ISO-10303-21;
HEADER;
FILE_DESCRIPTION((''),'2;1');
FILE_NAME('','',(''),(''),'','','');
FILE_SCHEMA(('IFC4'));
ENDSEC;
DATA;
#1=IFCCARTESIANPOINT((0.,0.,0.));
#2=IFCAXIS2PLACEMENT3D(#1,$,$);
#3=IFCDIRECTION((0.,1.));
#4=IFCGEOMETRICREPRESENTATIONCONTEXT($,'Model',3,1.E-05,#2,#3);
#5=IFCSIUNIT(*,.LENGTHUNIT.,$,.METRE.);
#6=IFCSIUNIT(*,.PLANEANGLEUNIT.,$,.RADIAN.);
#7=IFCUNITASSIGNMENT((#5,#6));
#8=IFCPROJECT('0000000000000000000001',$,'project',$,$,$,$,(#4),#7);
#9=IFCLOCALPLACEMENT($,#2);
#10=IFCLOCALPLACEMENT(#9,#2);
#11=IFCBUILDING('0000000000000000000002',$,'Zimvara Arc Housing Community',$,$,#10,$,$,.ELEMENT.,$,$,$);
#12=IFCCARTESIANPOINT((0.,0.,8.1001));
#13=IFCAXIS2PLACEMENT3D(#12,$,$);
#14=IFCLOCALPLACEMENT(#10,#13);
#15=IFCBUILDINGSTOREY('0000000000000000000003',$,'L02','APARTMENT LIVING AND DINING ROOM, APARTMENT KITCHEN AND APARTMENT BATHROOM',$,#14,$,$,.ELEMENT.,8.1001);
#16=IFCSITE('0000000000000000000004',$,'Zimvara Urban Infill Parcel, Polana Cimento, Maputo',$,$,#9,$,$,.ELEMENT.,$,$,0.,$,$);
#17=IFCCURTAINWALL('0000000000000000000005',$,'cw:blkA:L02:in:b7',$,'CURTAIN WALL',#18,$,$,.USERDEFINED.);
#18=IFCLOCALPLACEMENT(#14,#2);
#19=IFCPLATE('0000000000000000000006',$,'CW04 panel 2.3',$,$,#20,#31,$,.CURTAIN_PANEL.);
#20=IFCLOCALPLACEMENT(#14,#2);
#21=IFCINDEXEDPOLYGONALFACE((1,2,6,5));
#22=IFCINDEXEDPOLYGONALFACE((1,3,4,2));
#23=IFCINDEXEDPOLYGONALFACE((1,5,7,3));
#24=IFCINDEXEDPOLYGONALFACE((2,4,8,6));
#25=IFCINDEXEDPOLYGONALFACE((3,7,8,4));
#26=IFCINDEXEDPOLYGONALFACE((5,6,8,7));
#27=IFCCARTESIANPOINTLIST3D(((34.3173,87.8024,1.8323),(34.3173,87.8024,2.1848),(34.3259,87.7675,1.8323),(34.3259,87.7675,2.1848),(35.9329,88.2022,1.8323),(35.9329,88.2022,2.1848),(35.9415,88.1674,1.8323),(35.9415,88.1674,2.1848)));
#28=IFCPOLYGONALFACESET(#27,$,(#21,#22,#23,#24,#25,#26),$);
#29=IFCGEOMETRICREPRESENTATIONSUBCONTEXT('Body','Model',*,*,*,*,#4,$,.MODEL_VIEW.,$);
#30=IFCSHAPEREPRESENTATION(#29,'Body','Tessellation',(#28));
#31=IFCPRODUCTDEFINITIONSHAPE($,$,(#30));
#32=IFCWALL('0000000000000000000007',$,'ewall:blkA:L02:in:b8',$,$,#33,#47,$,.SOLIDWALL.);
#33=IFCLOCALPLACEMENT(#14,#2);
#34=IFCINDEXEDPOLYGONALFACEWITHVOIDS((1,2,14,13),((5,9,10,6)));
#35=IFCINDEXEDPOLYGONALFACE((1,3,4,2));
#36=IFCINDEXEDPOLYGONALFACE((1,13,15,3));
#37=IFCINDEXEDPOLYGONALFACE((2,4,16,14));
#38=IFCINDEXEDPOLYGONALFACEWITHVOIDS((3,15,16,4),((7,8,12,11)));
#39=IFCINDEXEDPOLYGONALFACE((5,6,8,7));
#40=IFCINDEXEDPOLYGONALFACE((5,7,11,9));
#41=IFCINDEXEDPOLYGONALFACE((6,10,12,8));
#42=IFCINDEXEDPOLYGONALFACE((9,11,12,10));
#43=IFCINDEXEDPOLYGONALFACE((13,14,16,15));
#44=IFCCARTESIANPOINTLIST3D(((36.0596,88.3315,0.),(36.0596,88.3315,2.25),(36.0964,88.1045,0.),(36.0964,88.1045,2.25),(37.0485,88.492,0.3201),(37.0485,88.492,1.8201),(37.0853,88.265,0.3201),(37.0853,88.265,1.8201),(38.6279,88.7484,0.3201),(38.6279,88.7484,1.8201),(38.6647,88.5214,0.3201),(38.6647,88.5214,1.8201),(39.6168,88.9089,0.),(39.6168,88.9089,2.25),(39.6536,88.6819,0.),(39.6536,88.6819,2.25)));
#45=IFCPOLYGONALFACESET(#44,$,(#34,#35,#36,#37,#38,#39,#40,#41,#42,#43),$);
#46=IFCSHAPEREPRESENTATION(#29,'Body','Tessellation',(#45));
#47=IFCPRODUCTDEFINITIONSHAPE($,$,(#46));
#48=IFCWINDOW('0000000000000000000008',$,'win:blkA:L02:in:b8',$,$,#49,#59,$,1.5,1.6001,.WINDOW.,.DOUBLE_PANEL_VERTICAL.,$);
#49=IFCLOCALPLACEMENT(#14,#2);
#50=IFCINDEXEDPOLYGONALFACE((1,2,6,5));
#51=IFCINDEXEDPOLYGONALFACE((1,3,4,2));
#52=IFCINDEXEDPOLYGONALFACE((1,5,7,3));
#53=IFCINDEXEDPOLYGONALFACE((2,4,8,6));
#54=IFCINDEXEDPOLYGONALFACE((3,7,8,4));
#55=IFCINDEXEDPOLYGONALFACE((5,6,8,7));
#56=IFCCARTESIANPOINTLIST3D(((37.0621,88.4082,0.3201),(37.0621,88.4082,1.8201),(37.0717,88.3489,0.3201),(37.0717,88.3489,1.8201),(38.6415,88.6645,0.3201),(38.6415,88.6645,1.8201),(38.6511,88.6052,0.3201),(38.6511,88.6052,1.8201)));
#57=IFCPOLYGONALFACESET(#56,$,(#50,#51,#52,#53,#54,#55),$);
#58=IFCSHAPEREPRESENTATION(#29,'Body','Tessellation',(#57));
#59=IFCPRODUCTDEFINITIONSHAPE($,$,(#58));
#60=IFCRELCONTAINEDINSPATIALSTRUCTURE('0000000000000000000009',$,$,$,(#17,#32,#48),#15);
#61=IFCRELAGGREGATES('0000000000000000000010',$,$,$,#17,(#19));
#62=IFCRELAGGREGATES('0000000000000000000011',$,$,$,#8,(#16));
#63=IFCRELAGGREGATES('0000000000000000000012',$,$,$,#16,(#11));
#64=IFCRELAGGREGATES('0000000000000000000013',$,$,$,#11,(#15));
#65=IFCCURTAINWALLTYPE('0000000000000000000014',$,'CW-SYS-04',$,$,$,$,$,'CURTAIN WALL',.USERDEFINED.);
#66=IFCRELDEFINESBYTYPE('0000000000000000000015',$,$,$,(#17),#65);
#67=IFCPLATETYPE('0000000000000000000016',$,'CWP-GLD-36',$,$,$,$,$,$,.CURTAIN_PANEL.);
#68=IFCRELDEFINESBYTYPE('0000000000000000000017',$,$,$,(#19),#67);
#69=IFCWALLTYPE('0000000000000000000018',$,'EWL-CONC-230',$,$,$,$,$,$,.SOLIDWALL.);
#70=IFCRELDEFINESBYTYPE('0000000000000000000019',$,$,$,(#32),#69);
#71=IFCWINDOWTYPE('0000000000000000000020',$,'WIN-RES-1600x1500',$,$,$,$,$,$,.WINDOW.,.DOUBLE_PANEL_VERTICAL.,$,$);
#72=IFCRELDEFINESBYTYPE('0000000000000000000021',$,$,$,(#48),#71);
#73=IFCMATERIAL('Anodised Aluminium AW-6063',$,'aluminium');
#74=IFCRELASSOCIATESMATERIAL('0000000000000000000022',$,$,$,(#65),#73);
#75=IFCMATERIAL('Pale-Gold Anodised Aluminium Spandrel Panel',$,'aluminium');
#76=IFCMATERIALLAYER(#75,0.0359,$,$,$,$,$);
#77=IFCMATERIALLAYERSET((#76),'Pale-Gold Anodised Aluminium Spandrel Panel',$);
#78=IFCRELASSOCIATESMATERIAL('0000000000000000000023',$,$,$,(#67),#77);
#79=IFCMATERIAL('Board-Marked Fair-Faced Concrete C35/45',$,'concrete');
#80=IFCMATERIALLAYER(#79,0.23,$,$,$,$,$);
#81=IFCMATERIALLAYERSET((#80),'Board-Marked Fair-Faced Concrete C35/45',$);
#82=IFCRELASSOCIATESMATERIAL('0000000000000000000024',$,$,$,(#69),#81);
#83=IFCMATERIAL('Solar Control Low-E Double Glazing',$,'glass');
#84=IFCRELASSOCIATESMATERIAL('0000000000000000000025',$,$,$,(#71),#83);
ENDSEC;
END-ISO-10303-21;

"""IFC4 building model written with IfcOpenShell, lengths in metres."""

from ifc_helpers import new_model, si_unit, direction, frame, frame_2d, origin, origin_2d, place, context, subcontext, project, spatial, rectangle, extrude, material, layer, layer_set, type_object, element, fill, aggregate, save


model = new_model("IFC4")

# Units and contexts
model_context = context("Model", 3, precision=1e-05, world=origin(), true_north=direction((0.0, 1.0)))
body_context = subcontext(model_context, "Body", "Model", "MODEL_VIEW")
ifc_project = project(units=[si_unit("LENGTHUNIT", "METRE"), si_unit("PLANEANGLEUNIT", "RADIAN")], contexts=[model_context])

# Site, building, storey
site_placement = place(None, origin())
site = spatial("IfcSite", under=ifc_project, at=site_placement, Name="Zimvara Urban Infill Parcel, Polana Cimento, Maputo", CompositionType="ELEMENT", RefElevation=0.0)
building_placement = place(site_placement, origin())
building = spatial("IfcBuilding", under=site, at=building_placement, Name="Zimvara Arc Housing Community", CompositionType="ELEMENT")
storey_placement = place(building_placement, frame((0.0, 0.0, 8.1001)))
storey = spatial("IfcBuildingStorey", under=building, at=storey_placement, Name="L02", Description="APARTMENT LIVING AND DINING ROOM, APARTMENT KITCHEN AND APARTMENT BATHROOM", CompositionType="ELEMENT", Elevation=8.1001)

# Curtain wall, plate
ifc_material_1 = material(Name="Anodised Aluminium AW-6063", Category="aluminium")
curtain_wall_type = type_object("IfcCurtainWallType", Name="CW-SYS-04", ElementType="CURTAIN WALL", PredefinedType="USERDEFINED", material=ifc_material_1)
curtain_wall_placement = place(storey_placement, origin())
curtain_wall = element("IfcCurtainWall", 1, at=curtain_wall_placement, inside=storey, type_object=curtain_wall_type, Name="cw:blkA:L02:in:b7", ObjectType="CURTAIN WALL", PredefinedType="USERDEFINED")
ifc_material_2 = material(Name="Pale-Gold Anodised Aluminium Spandrel Panel", Category="aluminium")
ifc_layer_1 = layer(ifc_material_2, 0.0359)
ifc_layer_set_1 = layer_set([ifc_layer_1], Name="Pale-Gold Anodised Aluminium Spandrel Panel")
plate_type = type_object("IfcPlateType", Name="CWP-GLD-36", PredefinedType="CURTAIN_PANEL", material=ifc_layer_set_1)
plate_1_placement = place(storey_placement, frame((35.1294, 87.9849, 1.8323), z_axis=(0.0, 0.0, 1.0), x_axis=(0.970717, 0.240228, 0.0)))
plate_1 = element("IfcPlate", 2, at=plate_1_placement, type_object=plate_type, Name="CW04 panel 2.3", PredefinedType="CURTAIN_PANEL", context=body_context, shape_type="SweptSolid", body=[
    extrude(rectangle(XDim=1.6643, YDim=0.0359, at=origin_2d()), origin(), (0.0, 0.0, 1.0), 0.3525),
])
aggregate(curtain_wall, [plate_1])

# Wall, opening, window
ifc_material_3 = material(Name="Board-Marked Fair-Faced Concrete C35/45", Category="concrete")
ifc_layer_2 = layer(ifc_material_3, 0.23)
ifc_layer_set_2 = layer_set([ifc_layer_2], Name="Board-Marked Fair-Faced Concrete C35/45")
wall_type = type_object("IfcWallType", Name="EWL-CONC-230", PredefinedType="SOLIDWALL", material=ifc_layer_set_2)
wall_placement = place(storey_placement, frame((36.0781, 88.218, 0.0), z_axis=(0.0, 0.0, 1.0), x_axis=(0.987081, 0.160223, 0.0)))
wall = element("IfcWall", 3, at=wall_placement, inside=storey, type_object=wall_type, Name="ewall:blkA:L02:in:b8", PredefinedType="SOLIDWALL", context=body_context, shape_type="SweptSolid", body=[
    extrude(rectangle(XDim=3.6038, YDim=0.23, at=frame_2d((1.8018, 0.0))), origin(), (0.0, 0.0, 1.0), 2.25),
])
opening_placement = place(wall_placement, frame((1.0017, 0.0, 0.3201)))
opening = element("IfcOpeningElement", 4, at=opening_placement, cuts=wall, PredefinedType="OPENING", context=body_context, shape_type="SweptSolid", body=[
    extrude(rectangle(XDim=1.6001, YDim=1.5, at=frame_2d((0.8, 0.75))), frame((0.0, 0.125, 0.0), z_axis=(0.0, -1.0, 0.0), x_axis=(1.0, 0.0, 0.0)), (0.0, 0.0, 1.0), 0.25),
])
ifc_material_4 = material(Name="Solar Control Low-E Double Glazing", Category="glass")
window_type = type_object("IfcWindowType", Name="WIN-RES-1600x1500", PartitioningType="DOUBLE_PANEL_VERTICAL", PredefinedType="WINDOW", material=ifc_material_4)
window_placement = place(opening_placement, origin())
window = element("IfcWindow", 5, at=window_placement, inside=storey, type_object=window_type, Name="win:blkA:L02:in:b8", OverallHeight=1.5, OverallWidth=1.6001, PartitioningType="DOUBLE_PANEL_VERTICAL", PredefinedType="WINDOW", context=body_context, shape_type="SweptSolid", body=[
    extrude(rectangle(XDim=1.6001, YDim=1.5, at=frame_2d((0.8, 0.75))), frame((0.0, 0.03, 0.0), z_axis=(0.0, -1.0, 0.0), x_axis=(1.0, 0.0, 0.0)), (0.0, 0.0, 1.0), 0.0601),
])
fill(opening, window)

save(model, "model.ifc")
